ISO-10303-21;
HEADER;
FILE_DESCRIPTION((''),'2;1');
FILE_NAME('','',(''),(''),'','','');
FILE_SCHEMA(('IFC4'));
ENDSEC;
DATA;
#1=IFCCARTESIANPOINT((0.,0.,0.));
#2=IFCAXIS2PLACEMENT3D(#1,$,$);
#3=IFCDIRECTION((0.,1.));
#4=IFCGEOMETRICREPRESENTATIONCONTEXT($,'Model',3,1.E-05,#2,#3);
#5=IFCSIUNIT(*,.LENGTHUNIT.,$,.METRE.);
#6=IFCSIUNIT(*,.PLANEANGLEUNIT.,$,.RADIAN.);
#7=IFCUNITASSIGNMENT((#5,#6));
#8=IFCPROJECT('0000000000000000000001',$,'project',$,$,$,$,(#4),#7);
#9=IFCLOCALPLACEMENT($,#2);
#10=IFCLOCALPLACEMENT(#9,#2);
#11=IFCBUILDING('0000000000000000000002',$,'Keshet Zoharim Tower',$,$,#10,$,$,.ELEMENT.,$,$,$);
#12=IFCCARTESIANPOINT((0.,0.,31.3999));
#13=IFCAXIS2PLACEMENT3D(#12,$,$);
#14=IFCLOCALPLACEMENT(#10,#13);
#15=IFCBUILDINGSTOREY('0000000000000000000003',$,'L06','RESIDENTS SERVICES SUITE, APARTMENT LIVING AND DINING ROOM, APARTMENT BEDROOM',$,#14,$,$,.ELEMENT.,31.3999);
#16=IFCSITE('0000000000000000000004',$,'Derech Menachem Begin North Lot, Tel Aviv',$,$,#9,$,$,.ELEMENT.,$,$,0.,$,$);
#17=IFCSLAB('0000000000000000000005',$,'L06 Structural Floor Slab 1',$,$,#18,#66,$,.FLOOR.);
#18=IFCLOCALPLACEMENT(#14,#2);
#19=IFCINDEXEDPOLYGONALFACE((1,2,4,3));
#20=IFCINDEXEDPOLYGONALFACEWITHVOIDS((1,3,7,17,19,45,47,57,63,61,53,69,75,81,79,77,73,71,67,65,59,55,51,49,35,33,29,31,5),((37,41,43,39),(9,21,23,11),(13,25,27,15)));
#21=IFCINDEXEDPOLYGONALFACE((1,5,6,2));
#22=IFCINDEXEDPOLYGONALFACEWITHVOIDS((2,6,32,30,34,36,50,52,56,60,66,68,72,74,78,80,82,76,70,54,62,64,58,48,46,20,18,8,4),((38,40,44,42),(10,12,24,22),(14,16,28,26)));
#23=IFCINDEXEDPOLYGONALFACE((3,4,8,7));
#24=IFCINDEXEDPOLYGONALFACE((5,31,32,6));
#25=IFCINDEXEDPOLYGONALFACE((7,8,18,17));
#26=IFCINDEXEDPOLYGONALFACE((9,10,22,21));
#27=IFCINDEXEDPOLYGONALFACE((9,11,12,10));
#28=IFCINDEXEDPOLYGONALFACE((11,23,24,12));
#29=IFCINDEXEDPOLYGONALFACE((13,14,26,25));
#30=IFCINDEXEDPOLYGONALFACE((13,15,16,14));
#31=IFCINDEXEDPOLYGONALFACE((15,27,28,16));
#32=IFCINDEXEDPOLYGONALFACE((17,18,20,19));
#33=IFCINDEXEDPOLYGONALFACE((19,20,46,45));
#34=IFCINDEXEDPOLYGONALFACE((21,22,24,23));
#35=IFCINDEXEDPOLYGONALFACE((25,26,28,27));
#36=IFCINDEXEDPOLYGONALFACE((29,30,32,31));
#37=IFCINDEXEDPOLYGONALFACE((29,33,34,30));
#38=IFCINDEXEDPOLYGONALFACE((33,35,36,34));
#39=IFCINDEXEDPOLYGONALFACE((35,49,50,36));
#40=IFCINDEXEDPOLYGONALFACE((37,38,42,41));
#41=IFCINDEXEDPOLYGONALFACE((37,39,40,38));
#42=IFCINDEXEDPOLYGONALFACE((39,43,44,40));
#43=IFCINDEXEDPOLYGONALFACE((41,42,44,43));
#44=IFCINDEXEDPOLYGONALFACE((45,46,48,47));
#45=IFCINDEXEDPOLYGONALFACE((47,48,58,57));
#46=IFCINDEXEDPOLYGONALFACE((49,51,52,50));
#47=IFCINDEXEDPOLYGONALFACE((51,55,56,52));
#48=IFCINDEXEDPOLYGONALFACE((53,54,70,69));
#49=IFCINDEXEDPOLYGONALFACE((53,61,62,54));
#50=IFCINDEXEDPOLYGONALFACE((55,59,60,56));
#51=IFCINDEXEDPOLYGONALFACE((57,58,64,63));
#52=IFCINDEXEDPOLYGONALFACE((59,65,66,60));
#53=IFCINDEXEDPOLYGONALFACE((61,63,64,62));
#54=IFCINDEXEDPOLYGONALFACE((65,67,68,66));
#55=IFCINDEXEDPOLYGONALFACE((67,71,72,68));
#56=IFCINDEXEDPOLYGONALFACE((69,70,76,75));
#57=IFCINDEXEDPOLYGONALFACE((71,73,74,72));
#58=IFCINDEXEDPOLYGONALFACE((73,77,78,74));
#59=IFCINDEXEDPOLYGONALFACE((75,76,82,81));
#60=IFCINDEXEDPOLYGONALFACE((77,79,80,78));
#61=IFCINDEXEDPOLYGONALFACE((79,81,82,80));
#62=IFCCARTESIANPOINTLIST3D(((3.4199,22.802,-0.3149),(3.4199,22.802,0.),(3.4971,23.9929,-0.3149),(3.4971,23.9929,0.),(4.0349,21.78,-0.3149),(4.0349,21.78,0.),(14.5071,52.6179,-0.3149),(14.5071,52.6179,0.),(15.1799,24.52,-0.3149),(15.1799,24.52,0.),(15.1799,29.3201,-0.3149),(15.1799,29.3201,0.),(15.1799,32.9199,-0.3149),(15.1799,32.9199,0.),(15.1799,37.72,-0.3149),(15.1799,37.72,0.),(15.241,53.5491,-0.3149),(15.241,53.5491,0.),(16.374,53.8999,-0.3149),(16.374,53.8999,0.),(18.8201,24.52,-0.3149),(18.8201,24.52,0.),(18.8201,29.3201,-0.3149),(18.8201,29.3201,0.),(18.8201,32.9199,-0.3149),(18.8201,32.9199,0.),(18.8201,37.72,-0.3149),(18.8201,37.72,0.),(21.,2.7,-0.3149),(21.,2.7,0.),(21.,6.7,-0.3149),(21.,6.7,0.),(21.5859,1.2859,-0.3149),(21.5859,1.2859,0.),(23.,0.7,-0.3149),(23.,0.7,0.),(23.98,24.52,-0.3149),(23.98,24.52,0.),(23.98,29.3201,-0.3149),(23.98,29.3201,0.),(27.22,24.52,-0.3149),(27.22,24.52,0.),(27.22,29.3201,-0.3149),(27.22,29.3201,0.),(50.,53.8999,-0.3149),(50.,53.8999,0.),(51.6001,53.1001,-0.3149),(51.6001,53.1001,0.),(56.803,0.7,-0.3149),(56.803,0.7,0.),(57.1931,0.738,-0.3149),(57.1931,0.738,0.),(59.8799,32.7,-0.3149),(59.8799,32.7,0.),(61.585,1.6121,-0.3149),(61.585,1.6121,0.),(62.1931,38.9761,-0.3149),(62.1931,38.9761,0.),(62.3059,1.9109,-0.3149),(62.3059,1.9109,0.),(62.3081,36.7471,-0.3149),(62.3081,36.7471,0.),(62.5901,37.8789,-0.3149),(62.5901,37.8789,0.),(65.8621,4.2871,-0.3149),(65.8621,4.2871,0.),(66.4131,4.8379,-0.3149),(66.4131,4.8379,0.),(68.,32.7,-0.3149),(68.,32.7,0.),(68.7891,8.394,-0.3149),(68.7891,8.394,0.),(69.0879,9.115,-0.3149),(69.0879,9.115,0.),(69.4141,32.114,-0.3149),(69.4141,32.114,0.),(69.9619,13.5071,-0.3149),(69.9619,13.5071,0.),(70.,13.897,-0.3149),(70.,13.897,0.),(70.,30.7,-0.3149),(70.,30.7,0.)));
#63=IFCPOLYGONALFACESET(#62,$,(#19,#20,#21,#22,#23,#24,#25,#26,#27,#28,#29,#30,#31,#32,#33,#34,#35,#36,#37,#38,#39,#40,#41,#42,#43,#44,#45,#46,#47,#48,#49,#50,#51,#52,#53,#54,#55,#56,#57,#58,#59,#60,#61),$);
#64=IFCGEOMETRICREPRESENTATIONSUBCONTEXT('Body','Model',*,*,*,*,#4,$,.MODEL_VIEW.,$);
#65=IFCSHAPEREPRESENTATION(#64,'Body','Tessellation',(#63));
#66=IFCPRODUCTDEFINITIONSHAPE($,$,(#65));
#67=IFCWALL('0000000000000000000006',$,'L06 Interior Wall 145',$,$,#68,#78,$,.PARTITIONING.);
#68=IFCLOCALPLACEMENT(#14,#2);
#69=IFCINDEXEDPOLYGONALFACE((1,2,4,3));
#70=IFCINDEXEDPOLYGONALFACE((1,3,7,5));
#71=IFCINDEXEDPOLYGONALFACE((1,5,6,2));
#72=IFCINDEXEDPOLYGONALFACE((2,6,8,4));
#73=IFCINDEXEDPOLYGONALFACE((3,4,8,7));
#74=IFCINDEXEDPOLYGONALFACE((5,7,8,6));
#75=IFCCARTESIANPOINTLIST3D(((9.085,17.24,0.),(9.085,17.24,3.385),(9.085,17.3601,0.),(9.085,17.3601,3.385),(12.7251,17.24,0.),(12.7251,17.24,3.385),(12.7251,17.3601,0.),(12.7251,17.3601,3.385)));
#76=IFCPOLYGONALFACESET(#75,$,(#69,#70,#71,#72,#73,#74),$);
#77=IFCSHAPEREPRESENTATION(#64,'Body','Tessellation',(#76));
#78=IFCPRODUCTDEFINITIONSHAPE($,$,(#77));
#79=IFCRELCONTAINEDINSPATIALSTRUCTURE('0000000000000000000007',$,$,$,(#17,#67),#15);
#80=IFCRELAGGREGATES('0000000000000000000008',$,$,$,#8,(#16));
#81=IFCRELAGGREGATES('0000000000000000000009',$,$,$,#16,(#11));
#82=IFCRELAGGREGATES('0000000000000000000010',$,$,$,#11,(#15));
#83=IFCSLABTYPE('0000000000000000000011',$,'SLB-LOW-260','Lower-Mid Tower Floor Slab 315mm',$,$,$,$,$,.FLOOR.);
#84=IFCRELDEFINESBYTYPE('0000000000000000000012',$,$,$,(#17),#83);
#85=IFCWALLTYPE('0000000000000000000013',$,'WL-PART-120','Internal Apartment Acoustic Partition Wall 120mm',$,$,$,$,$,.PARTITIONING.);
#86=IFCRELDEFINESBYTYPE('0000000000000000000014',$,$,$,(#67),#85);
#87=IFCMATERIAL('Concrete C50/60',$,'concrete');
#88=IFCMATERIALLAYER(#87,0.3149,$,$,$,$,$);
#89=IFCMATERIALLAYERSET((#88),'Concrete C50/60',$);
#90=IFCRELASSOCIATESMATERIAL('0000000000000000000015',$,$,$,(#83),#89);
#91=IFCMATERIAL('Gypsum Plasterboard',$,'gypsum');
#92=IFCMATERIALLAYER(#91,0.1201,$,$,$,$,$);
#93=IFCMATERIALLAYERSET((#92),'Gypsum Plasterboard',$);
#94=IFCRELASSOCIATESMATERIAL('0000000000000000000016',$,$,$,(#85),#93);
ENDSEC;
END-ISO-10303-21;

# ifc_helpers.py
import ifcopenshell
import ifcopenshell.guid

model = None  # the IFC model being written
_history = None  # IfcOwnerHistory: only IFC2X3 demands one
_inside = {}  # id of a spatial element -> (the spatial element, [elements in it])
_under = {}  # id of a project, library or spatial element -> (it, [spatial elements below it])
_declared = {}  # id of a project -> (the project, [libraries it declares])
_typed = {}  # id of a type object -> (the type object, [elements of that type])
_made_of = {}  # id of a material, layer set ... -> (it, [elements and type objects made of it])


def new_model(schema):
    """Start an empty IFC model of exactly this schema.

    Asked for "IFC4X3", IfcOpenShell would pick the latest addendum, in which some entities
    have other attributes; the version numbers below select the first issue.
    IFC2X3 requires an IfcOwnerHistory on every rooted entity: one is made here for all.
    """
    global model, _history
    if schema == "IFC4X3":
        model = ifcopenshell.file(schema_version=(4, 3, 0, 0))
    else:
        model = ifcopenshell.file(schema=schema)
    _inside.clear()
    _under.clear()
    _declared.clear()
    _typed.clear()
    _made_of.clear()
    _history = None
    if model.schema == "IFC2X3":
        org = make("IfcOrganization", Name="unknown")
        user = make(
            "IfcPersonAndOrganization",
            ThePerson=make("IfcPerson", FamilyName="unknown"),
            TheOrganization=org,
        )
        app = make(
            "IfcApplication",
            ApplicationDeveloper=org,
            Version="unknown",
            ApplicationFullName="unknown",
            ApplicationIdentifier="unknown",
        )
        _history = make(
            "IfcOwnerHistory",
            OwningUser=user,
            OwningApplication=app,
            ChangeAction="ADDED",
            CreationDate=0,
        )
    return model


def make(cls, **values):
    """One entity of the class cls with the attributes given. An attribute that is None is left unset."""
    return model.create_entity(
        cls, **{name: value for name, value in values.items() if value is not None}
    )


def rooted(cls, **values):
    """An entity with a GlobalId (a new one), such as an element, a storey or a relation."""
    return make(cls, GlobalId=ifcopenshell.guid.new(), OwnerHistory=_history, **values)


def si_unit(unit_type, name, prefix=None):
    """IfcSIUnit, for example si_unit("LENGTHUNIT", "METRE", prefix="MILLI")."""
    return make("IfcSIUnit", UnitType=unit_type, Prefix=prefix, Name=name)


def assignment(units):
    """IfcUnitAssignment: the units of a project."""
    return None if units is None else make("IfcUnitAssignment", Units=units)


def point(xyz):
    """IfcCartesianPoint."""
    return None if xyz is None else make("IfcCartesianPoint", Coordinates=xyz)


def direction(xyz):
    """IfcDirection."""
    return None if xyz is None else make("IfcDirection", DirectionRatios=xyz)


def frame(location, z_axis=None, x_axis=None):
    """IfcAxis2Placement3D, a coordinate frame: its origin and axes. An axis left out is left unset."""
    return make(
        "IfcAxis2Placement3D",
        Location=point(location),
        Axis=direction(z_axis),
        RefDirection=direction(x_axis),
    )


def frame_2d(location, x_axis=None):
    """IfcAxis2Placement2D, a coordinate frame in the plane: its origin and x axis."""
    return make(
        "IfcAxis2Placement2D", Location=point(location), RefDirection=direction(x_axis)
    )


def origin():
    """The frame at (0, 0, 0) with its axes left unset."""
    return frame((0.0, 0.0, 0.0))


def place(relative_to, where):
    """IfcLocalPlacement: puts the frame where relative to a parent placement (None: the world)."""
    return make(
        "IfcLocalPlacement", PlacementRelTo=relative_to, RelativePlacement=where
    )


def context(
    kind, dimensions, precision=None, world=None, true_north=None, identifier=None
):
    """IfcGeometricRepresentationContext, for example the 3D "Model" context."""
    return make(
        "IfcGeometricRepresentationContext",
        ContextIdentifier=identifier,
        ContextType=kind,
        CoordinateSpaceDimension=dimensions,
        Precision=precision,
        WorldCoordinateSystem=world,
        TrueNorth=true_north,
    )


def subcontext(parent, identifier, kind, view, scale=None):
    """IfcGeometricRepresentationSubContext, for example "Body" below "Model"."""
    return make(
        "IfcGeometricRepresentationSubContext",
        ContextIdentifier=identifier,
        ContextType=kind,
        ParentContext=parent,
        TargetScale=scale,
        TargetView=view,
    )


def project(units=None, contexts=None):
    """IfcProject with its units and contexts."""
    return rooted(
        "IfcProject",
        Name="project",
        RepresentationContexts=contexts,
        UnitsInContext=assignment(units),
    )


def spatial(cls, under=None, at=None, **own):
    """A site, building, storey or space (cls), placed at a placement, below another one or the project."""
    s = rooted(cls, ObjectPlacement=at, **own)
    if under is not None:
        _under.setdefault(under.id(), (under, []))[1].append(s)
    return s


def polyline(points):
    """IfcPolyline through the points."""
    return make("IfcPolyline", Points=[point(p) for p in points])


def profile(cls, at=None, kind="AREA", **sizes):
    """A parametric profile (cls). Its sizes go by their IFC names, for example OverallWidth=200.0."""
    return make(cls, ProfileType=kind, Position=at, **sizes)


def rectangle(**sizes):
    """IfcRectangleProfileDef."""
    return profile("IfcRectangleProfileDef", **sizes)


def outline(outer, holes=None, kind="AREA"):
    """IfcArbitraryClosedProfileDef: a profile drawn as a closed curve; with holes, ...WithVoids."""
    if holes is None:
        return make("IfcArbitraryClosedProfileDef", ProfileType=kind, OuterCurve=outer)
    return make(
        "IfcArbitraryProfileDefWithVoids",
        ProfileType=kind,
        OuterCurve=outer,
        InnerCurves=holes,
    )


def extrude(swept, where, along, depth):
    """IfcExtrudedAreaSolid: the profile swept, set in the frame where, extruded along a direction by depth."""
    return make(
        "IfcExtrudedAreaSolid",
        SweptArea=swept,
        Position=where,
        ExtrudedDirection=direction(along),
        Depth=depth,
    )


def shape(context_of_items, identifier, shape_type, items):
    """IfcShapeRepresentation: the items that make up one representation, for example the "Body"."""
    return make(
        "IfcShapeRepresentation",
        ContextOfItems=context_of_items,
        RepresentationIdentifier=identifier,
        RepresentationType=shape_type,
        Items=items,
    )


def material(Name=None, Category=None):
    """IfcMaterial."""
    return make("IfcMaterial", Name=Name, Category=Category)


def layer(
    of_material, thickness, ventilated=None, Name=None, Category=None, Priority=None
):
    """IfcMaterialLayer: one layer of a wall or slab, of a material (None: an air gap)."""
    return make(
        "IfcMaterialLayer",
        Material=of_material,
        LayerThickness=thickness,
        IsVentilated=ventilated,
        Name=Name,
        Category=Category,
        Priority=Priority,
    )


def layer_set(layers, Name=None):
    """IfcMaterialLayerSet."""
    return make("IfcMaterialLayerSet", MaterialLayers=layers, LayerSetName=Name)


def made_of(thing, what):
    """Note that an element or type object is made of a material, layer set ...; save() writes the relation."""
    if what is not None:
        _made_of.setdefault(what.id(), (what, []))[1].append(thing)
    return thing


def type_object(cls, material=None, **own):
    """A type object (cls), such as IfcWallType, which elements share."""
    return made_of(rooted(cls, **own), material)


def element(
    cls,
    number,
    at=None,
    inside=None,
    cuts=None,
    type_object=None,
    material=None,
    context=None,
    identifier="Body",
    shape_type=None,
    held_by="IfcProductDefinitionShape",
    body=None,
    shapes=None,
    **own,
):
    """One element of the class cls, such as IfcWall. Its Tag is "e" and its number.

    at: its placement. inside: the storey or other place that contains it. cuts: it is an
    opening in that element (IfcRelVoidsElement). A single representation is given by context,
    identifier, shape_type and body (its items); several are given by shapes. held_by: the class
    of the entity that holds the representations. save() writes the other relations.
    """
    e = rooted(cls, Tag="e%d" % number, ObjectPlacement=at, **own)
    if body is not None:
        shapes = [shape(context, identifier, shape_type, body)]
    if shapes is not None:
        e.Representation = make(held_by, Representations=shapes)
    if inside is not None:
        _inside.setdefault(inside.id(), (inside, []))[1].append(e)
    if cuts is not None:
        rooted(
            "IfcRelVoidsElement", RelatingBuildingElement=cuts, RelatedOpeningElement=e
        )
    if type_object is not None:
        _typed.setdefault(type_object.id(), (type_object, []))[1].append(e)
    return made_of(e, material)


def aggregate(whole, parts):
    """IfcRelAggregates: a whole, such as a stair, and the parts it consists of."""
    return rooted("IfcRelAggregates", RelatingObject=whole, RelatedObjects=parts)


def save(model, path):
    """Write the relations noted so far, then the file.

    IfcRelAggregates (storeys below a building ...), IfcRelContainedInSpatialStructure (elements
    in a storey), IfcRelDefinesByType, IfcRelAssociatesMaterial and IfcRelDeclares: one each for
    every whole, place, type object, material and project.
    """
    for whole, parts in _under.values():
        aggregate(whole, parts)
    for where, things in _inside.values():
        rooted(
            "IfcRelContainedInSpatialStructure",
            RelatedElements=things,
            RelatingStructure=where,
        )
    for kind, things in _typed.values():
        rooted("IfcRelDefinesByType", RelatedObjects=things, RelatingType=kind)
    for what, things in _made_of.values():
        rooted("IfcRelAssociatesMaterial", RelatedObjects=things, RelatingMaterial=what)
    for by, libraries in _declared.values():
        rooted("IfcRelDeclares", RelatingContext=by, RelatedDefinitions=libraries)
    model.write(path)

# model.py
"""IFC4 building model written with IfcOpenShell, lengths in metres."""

from ifc_helpers import new_model, si_unit, direction, frame, frame_2d, origin, place, context, subcontext, project, spatial, polyline, rectangle, outline, extrude, material, layer, layer_set, type_object, element, save


model = new_model("IFC4")

# Units and contexts
model_context = context("Model", 3, precision=1e-05, world=origin(), true_north=direction((0.0, 1.0)))
body_context = subcontext(model_context, "Body", "Model", "MODEL_VIEW")
ifc_project = project(units=[si_unit("LENGTHUNIT", "METRE"), si_unit("PLANEANGLEUNIT", "RADIAN")], contexts=[model_context])

# Site, building, storey
site_placement = place(None, origin())
site = spatial("IfcSite", under=ifc_project, at=site_placement, Name="Derech Menachem Begin North Lot, Tel Aviv", CompositionType="ELEMENT", RefElevation=0.0)
building_placement = place(site_placement, origin())
building = spatial("IfcBuilding", under=site, at=building_placement, Name="Keshet Zoharim Tower", CompositionType="ELEMENT")
storey_placement = place(building_placement, frame((0.0, 0.0, 31.3999)))
storey = spatial("IfcBuildingStorey", under=building, at=storey_placement, Name="L06", Description="RESIDENTS SERVICES SUITE, APARTMENT LIVING AND DINING ROOM, APARTMENT BEDROOM", CompositionType="ELEMENT", Elevation=31.3999)

# Shared definitions
ifc_material_1 = material(Name="Concrete C50/60", Category="concrete")

# Slab
ifc_layer_1 = layer(ifc_material_1, 0.3149)
ifc_layer_set_1 = layer_set([ifc_layer_1], Name="Concrete C50/60")
slab_type_1 = type_object("IfcSlabType", Name="SLB-LOW-260", Description="Lower-Mid Tower Floor Slab 315mm", PredefinedType="FLOOR", material=ifc_layer_set_1)
slab_1_placement = place(storey_placement, frame((0.0, 0.0, -0.3149)))
element("IfcSlab", 1, at=slab_1_placement, inside=storey, type_object=slab_type_1, Name="L06 Structural Floor Slab 1", PredefinedType="FLOOR", context=body_context, shape_type="SweptSolid", body=[
    extrude(outline(polyline([(21.0, 6.7), (4.0349, 21.78), (3.4199, 22.802), (3.4971, 23.9929), (14.5071, 52.6179), (15.241, 53.5491), (16.374, 53.8999), (50.0, 53.8999), (51.6001, 53.1001), (62.1931, 38.9761), (62.5901, 37.8789), (62.3081, 36.7471), (59.8799, 32.7), (68.0, 32.7), (69.4141, 32.114), (70.0, 30.7), (70.0, 13.897), (69.9619, 13.5071), (69.0879, 9.115), (68.7891, 8.394), (66.4131, 4.8379), (65.8621, 4.2871), (62.3059, 1.9109), (61.585, 1.6121), (57.1931, 0.738), (56.803, 0.7), (23.0, 0.7), (21.5859, 1.2859), (21.0, 2.7), (21.0, 6.7)]), holes=[polyline([(15.1799, 24.52), (18.8201, 24.52), (18.8201, 29.3201), (15.1799, 29.3201), (15.1799, 24.52)]), polyline([(15.1799, 32.9199), (18.8201, 32.9199), (18.8201, 37.72), (15.1799, 37.72), (15.1799, 32.9199)]), polyline([(23.98, 24.52), (27.22, 24.52), (27.22, 29.3201), (23.98, 29.3201), (23.98, 24.52)])]), origin(), (0.0, 0.0, 1.0), 0.3149),
])

# Shared definitions
ifc_material_2 = material(Name="Gypsum Plasterboard", Category="gypsum")

# Wall
ifc_layer_2 = layer(ifc_material_2, 0.1201)
ifc_layer_set_2 = layer_set([ifc_layer_2], Name="Gypsum Plasterboard")
wall_type_1 = type_object("IfcWallType", Name="WL-PART-120", Description="Internal Apartment Acoustic Partition Wall 120mm", PredefinedType="PARTITIONING", material=ifc_layer_set_2)
wall_1_placement = place(storey_placement, frame((9.085, 17.3, 0.0), z_axis=(0.0, 0.0, 1.0), x_axis=(1.0, 0.0, 0.0)))
element("IfcWall", 2, at=wall_1_placement, inside=storey, type_object=wall_type_1, Name="L06 Interior Wall 145", PredefinedType="PARTITIONING", context=body_context, shape_type="SweptSolid", body=[
    extrude(rectangle(XDim=3.6401, YDim=0.1201, at=frame_2d((1.8201, 0.0))), origin(), (0.0, 0.0, 1.0), 3.385),
])

save(model, "model.ifc")
